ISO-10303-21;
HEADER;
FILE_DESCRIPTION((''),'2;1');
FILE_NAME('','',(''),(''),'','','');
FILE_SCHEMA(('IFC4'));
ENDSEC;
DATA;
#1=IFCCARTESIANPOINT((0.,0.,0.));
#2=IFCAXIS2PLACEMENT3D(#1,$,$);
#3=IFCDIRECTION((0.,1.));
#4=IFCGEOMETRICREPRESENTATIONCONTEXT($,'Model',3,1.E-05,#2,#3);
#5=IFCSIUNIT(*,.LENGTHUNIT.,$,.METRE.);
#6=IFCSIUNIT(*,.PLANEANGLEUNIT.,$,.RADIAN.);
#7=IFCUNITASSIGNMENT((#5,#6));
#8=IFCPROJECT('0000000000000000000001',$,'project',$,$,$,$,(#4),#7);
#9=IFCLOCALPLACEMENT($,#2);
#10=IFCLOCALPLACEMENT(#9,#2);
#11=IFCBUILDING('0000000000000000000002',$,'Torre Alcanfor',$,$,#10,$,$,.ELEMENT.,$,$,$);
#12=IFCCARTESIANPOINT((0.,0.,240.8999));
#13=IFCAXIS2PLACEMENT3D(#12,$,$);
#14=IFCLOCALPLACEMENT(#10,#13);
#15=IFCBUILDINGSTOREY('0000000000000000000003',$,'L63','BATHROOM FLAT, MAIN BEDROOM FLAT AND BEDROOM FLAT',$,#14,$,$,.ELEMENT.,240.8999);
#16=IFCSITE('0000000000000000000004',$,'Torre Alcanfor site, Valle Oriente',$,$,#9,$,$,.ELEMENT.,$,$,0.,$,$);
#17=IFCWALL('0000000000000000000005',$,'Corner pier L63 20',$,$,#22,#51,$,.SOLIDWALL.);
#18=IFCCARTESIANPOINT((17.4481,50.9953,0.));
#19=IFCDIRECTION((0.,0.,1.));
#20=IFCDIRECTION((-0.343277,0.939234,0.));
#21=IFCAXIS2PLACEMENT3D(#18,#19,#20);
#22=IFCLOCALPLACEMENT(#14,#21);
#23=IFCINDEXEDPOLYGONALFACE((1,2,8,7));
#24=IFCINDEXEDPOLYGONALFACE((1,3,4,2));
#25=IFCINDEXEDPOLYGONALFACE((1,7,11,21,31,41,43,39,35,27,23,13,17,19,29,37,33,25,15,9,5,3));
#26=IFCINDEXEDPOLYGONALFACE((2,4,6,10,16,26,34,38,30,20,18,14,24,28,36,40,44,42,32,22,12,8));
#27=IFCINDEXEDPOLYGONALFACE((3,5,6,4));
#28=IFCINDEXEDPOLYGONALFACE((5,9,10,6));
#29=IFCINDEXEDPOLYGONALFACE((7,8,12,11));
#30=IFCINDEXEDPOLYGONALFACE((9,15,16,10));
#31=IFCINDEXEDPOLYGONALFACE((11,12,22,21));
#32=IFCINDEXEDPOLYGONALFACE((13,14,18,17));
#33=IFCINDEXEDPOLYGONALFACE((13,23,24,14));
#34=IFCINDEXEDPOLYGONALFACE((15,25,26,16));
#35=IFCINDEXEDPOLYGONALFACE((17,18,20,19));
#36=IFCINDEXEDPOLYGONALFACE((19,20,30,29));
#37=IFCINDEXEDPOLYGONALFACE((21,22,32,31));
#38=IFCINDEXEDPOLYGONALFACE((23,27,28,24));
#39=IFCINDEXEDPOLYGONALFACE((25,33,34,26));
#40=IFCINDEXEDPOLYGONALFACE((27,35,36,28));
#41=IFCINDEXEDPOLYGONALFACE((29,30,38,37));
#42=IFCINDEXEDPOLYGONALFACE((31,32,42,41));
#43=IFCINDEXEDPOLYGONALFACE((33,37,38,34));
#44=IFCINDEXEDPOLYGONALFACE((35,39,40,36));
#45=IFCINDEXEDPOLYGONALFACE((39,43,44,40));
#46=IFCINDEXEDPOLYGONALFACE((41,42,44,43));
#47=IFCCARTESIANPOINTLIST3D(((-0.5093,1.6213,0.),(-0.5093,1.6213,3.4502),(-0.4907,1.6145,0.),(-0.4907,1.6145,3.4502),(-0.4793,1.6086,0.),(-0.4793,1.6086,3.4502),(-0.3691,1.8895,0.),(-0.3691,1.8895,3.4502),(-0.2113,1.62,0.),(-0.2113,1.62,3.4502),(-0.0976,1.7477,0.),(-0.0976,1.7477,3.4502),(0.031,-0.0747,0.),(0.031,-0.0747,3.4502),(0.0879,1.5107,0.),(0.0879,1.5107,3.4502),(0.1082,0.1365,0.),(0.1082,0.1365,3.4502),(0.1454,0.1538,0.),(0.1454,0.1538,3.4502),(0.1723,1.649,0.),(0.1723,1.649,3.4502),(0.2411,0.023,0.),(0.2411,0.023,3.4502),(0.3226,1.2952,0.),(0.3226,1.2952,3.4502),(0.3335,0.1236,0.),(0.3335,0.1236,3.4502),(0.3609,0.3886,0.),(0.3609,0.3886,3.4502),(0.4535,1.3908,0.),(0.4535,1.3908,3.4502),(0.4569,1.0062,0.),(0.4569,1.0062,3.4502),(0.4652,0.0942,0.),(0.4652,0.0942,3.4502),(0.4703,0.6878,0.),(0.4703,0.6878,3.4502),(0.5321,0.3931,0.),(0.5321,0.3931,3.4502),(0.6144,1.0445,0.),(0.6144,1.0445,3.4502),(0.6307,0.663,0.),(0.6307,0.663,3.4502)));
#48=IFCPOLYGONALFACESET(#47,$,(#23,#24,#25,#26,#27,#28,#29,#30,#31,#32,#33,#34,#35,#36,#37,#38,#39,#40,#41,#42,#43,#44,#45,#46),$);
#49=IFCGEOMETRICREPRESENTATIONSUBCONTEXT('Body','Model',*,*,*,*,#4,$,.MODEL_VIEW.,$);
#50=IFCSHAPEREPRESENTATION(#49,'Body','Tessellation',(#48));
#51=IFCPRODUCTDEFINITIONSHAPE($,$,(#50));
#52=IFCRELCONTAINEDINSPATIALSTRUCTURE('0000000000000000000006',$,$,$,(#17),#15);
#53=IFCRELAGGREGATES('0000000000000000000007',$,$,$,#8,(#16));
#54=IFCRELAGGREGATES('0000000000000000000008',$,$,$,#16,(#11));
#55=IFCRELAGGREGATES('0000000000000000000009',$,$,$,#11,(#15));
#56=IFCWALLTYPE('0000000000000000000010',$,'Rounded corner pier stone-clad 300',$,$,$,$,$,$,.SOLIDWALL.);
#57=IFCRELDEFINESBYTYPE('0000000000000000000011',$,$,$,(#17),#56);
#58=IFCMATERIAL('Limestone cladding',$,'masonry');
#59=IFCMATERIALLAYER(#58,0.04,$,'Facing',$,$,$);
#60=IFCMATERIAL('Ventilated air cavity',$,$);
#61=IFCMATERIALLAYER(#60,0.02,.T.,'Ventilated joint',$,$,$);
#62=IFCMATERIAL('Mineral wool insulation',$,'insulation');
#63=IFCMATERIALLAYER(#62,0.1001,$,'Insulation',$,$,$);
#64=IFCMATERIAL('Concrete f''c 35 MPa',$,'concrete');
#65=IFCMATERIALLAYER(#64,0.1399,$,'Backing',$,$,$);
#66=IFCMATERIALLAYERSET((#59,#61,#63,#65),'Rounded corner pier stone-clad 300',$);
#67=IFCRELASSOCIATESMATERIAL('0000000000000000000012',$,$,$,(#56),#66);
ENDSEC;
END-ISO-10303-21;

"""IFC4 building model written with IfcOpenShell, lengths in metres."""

from ifc_helpers import new_model, si_unit, direction, frame, origin, place, context, subcontext, project, spatial, polyline, outline, extrude, material, layer, layer_set, type_object, element, save


model = new_model("IFC4")

# Units and contexts
model_context = context("Model", 3, precision=1e-05, world=origin(), true_north=direction((0.0, 1.0)))
body_context = subcontext(model_context, "Body", "Model", "MODEL_VIEW")
ifc_project = project(units=[si_unit("LENGTHUNIT", "METRE"), si_unit("PLANEANGLEUNIT", "RADIAN")], contexts=[model_context])

# Site, building, storey
site_placement = place(None, origin())
site = spatial("IfcSite", under=ifc_project, at=site_placement, Name="Torre Alcanfor site, Valle Oriente", CompositionType="ELEMENT", RefElevation=0.0)
building_placement = place(site_placement, origin())
building = spatial("IfcBuilding", under=site, at=building_placement, Name="Torre Alcanfor", CompositionType="ELEMENT")
storey_placement = place(building_placement, frame((0.0, 0.0, 240.8999)))
storey = spatial("IfcBuildingStorey", under=building, at=storey_placement, Name="L63", Description="BATHROOM FLAT, MAIN BEDROOM FLAT AND BEDROOM FLAT", CompositionType="ELEMENT", Elevation=240.8999)

# Shared definitions
ifc_material_1 = material(Name="Limestone cladding", Category="masonry")
ifc_material_2 = material(Name="Ventilated air cavity")
ifc_material_3 = material(Name="Mineral wool insulation", Category="insulation")
ifc_material_4 = material(Name="Concrete f'c 35 MPa", Category="concrete")

# Wall
ifc_layer_1 = layer(ifc_material_1, 0.04, Name="Facing")
ifc_layer_2 = layer(ifc_material_2, 0.02, ventilated=True, Name="Ventilated joint")
ifc_layer_3 = layer(ifc_material_3, 0.1001, Name="Insulation")
ifc_layer_4 = layer(ifc_material_4, 0.1399, Name="Backing")
ifc_layer_set_1 = layer_set([ifc_layer_1, ifc_layer_2, ifc_layer_3, ifc_layer_4], Name="Rounded corner pier stone-clad 300")
wall_type_1 = type_object("IfcWallType", Name="Rounded corner pier stone-clad 300", PredefinedType="SOLIDWALL", material=ifc_layer_set_1)
wall_1_placement = place(storey_placement, frame((17.4481, 50.9953, 0.0), z_axis=(0.0, 0.0, 1.0), x_axis=(-0.343277, 0.939234, 0.0)))
element("IfcWall", 1, at=wall_1_placement, inside=storey, type_object=wall_type_1, Name="Corner pier L63 20", PredefinedType="SOLIDWALL", context=body_context, shape_type="SweptSolid", body=[
    extrude(outline(polyline([(0.2411, 0.023), (0.3335, 0.1236), (0.4652, 0.0942), (0.5321, 0.3931), (0.6307, 0.663), (0.6144, 1.0445), (0.4535, 1.3908), (0.1723, 1.649), (-0.0976, 1.7477), (-0.3691, 1.8895), (-0.5093, 1.6213), (-0.4907, 1.6145), (-0.4793, 1.6086), (-0.2113, 1.62), (0.0879, 1.5107), (0.3226, 1.2952), (0.4569, 1.0062), (0.4703, 0.6878), (0.3609, 0.3886), (0.1454, 0.1538), (0.1082, 0.1365), (0.031, -0.0747), (0.2411, 0.023)])), origin(), (0.0, 0.0, 1.0), 3.4502),
])

save(model, "model.ifc")
